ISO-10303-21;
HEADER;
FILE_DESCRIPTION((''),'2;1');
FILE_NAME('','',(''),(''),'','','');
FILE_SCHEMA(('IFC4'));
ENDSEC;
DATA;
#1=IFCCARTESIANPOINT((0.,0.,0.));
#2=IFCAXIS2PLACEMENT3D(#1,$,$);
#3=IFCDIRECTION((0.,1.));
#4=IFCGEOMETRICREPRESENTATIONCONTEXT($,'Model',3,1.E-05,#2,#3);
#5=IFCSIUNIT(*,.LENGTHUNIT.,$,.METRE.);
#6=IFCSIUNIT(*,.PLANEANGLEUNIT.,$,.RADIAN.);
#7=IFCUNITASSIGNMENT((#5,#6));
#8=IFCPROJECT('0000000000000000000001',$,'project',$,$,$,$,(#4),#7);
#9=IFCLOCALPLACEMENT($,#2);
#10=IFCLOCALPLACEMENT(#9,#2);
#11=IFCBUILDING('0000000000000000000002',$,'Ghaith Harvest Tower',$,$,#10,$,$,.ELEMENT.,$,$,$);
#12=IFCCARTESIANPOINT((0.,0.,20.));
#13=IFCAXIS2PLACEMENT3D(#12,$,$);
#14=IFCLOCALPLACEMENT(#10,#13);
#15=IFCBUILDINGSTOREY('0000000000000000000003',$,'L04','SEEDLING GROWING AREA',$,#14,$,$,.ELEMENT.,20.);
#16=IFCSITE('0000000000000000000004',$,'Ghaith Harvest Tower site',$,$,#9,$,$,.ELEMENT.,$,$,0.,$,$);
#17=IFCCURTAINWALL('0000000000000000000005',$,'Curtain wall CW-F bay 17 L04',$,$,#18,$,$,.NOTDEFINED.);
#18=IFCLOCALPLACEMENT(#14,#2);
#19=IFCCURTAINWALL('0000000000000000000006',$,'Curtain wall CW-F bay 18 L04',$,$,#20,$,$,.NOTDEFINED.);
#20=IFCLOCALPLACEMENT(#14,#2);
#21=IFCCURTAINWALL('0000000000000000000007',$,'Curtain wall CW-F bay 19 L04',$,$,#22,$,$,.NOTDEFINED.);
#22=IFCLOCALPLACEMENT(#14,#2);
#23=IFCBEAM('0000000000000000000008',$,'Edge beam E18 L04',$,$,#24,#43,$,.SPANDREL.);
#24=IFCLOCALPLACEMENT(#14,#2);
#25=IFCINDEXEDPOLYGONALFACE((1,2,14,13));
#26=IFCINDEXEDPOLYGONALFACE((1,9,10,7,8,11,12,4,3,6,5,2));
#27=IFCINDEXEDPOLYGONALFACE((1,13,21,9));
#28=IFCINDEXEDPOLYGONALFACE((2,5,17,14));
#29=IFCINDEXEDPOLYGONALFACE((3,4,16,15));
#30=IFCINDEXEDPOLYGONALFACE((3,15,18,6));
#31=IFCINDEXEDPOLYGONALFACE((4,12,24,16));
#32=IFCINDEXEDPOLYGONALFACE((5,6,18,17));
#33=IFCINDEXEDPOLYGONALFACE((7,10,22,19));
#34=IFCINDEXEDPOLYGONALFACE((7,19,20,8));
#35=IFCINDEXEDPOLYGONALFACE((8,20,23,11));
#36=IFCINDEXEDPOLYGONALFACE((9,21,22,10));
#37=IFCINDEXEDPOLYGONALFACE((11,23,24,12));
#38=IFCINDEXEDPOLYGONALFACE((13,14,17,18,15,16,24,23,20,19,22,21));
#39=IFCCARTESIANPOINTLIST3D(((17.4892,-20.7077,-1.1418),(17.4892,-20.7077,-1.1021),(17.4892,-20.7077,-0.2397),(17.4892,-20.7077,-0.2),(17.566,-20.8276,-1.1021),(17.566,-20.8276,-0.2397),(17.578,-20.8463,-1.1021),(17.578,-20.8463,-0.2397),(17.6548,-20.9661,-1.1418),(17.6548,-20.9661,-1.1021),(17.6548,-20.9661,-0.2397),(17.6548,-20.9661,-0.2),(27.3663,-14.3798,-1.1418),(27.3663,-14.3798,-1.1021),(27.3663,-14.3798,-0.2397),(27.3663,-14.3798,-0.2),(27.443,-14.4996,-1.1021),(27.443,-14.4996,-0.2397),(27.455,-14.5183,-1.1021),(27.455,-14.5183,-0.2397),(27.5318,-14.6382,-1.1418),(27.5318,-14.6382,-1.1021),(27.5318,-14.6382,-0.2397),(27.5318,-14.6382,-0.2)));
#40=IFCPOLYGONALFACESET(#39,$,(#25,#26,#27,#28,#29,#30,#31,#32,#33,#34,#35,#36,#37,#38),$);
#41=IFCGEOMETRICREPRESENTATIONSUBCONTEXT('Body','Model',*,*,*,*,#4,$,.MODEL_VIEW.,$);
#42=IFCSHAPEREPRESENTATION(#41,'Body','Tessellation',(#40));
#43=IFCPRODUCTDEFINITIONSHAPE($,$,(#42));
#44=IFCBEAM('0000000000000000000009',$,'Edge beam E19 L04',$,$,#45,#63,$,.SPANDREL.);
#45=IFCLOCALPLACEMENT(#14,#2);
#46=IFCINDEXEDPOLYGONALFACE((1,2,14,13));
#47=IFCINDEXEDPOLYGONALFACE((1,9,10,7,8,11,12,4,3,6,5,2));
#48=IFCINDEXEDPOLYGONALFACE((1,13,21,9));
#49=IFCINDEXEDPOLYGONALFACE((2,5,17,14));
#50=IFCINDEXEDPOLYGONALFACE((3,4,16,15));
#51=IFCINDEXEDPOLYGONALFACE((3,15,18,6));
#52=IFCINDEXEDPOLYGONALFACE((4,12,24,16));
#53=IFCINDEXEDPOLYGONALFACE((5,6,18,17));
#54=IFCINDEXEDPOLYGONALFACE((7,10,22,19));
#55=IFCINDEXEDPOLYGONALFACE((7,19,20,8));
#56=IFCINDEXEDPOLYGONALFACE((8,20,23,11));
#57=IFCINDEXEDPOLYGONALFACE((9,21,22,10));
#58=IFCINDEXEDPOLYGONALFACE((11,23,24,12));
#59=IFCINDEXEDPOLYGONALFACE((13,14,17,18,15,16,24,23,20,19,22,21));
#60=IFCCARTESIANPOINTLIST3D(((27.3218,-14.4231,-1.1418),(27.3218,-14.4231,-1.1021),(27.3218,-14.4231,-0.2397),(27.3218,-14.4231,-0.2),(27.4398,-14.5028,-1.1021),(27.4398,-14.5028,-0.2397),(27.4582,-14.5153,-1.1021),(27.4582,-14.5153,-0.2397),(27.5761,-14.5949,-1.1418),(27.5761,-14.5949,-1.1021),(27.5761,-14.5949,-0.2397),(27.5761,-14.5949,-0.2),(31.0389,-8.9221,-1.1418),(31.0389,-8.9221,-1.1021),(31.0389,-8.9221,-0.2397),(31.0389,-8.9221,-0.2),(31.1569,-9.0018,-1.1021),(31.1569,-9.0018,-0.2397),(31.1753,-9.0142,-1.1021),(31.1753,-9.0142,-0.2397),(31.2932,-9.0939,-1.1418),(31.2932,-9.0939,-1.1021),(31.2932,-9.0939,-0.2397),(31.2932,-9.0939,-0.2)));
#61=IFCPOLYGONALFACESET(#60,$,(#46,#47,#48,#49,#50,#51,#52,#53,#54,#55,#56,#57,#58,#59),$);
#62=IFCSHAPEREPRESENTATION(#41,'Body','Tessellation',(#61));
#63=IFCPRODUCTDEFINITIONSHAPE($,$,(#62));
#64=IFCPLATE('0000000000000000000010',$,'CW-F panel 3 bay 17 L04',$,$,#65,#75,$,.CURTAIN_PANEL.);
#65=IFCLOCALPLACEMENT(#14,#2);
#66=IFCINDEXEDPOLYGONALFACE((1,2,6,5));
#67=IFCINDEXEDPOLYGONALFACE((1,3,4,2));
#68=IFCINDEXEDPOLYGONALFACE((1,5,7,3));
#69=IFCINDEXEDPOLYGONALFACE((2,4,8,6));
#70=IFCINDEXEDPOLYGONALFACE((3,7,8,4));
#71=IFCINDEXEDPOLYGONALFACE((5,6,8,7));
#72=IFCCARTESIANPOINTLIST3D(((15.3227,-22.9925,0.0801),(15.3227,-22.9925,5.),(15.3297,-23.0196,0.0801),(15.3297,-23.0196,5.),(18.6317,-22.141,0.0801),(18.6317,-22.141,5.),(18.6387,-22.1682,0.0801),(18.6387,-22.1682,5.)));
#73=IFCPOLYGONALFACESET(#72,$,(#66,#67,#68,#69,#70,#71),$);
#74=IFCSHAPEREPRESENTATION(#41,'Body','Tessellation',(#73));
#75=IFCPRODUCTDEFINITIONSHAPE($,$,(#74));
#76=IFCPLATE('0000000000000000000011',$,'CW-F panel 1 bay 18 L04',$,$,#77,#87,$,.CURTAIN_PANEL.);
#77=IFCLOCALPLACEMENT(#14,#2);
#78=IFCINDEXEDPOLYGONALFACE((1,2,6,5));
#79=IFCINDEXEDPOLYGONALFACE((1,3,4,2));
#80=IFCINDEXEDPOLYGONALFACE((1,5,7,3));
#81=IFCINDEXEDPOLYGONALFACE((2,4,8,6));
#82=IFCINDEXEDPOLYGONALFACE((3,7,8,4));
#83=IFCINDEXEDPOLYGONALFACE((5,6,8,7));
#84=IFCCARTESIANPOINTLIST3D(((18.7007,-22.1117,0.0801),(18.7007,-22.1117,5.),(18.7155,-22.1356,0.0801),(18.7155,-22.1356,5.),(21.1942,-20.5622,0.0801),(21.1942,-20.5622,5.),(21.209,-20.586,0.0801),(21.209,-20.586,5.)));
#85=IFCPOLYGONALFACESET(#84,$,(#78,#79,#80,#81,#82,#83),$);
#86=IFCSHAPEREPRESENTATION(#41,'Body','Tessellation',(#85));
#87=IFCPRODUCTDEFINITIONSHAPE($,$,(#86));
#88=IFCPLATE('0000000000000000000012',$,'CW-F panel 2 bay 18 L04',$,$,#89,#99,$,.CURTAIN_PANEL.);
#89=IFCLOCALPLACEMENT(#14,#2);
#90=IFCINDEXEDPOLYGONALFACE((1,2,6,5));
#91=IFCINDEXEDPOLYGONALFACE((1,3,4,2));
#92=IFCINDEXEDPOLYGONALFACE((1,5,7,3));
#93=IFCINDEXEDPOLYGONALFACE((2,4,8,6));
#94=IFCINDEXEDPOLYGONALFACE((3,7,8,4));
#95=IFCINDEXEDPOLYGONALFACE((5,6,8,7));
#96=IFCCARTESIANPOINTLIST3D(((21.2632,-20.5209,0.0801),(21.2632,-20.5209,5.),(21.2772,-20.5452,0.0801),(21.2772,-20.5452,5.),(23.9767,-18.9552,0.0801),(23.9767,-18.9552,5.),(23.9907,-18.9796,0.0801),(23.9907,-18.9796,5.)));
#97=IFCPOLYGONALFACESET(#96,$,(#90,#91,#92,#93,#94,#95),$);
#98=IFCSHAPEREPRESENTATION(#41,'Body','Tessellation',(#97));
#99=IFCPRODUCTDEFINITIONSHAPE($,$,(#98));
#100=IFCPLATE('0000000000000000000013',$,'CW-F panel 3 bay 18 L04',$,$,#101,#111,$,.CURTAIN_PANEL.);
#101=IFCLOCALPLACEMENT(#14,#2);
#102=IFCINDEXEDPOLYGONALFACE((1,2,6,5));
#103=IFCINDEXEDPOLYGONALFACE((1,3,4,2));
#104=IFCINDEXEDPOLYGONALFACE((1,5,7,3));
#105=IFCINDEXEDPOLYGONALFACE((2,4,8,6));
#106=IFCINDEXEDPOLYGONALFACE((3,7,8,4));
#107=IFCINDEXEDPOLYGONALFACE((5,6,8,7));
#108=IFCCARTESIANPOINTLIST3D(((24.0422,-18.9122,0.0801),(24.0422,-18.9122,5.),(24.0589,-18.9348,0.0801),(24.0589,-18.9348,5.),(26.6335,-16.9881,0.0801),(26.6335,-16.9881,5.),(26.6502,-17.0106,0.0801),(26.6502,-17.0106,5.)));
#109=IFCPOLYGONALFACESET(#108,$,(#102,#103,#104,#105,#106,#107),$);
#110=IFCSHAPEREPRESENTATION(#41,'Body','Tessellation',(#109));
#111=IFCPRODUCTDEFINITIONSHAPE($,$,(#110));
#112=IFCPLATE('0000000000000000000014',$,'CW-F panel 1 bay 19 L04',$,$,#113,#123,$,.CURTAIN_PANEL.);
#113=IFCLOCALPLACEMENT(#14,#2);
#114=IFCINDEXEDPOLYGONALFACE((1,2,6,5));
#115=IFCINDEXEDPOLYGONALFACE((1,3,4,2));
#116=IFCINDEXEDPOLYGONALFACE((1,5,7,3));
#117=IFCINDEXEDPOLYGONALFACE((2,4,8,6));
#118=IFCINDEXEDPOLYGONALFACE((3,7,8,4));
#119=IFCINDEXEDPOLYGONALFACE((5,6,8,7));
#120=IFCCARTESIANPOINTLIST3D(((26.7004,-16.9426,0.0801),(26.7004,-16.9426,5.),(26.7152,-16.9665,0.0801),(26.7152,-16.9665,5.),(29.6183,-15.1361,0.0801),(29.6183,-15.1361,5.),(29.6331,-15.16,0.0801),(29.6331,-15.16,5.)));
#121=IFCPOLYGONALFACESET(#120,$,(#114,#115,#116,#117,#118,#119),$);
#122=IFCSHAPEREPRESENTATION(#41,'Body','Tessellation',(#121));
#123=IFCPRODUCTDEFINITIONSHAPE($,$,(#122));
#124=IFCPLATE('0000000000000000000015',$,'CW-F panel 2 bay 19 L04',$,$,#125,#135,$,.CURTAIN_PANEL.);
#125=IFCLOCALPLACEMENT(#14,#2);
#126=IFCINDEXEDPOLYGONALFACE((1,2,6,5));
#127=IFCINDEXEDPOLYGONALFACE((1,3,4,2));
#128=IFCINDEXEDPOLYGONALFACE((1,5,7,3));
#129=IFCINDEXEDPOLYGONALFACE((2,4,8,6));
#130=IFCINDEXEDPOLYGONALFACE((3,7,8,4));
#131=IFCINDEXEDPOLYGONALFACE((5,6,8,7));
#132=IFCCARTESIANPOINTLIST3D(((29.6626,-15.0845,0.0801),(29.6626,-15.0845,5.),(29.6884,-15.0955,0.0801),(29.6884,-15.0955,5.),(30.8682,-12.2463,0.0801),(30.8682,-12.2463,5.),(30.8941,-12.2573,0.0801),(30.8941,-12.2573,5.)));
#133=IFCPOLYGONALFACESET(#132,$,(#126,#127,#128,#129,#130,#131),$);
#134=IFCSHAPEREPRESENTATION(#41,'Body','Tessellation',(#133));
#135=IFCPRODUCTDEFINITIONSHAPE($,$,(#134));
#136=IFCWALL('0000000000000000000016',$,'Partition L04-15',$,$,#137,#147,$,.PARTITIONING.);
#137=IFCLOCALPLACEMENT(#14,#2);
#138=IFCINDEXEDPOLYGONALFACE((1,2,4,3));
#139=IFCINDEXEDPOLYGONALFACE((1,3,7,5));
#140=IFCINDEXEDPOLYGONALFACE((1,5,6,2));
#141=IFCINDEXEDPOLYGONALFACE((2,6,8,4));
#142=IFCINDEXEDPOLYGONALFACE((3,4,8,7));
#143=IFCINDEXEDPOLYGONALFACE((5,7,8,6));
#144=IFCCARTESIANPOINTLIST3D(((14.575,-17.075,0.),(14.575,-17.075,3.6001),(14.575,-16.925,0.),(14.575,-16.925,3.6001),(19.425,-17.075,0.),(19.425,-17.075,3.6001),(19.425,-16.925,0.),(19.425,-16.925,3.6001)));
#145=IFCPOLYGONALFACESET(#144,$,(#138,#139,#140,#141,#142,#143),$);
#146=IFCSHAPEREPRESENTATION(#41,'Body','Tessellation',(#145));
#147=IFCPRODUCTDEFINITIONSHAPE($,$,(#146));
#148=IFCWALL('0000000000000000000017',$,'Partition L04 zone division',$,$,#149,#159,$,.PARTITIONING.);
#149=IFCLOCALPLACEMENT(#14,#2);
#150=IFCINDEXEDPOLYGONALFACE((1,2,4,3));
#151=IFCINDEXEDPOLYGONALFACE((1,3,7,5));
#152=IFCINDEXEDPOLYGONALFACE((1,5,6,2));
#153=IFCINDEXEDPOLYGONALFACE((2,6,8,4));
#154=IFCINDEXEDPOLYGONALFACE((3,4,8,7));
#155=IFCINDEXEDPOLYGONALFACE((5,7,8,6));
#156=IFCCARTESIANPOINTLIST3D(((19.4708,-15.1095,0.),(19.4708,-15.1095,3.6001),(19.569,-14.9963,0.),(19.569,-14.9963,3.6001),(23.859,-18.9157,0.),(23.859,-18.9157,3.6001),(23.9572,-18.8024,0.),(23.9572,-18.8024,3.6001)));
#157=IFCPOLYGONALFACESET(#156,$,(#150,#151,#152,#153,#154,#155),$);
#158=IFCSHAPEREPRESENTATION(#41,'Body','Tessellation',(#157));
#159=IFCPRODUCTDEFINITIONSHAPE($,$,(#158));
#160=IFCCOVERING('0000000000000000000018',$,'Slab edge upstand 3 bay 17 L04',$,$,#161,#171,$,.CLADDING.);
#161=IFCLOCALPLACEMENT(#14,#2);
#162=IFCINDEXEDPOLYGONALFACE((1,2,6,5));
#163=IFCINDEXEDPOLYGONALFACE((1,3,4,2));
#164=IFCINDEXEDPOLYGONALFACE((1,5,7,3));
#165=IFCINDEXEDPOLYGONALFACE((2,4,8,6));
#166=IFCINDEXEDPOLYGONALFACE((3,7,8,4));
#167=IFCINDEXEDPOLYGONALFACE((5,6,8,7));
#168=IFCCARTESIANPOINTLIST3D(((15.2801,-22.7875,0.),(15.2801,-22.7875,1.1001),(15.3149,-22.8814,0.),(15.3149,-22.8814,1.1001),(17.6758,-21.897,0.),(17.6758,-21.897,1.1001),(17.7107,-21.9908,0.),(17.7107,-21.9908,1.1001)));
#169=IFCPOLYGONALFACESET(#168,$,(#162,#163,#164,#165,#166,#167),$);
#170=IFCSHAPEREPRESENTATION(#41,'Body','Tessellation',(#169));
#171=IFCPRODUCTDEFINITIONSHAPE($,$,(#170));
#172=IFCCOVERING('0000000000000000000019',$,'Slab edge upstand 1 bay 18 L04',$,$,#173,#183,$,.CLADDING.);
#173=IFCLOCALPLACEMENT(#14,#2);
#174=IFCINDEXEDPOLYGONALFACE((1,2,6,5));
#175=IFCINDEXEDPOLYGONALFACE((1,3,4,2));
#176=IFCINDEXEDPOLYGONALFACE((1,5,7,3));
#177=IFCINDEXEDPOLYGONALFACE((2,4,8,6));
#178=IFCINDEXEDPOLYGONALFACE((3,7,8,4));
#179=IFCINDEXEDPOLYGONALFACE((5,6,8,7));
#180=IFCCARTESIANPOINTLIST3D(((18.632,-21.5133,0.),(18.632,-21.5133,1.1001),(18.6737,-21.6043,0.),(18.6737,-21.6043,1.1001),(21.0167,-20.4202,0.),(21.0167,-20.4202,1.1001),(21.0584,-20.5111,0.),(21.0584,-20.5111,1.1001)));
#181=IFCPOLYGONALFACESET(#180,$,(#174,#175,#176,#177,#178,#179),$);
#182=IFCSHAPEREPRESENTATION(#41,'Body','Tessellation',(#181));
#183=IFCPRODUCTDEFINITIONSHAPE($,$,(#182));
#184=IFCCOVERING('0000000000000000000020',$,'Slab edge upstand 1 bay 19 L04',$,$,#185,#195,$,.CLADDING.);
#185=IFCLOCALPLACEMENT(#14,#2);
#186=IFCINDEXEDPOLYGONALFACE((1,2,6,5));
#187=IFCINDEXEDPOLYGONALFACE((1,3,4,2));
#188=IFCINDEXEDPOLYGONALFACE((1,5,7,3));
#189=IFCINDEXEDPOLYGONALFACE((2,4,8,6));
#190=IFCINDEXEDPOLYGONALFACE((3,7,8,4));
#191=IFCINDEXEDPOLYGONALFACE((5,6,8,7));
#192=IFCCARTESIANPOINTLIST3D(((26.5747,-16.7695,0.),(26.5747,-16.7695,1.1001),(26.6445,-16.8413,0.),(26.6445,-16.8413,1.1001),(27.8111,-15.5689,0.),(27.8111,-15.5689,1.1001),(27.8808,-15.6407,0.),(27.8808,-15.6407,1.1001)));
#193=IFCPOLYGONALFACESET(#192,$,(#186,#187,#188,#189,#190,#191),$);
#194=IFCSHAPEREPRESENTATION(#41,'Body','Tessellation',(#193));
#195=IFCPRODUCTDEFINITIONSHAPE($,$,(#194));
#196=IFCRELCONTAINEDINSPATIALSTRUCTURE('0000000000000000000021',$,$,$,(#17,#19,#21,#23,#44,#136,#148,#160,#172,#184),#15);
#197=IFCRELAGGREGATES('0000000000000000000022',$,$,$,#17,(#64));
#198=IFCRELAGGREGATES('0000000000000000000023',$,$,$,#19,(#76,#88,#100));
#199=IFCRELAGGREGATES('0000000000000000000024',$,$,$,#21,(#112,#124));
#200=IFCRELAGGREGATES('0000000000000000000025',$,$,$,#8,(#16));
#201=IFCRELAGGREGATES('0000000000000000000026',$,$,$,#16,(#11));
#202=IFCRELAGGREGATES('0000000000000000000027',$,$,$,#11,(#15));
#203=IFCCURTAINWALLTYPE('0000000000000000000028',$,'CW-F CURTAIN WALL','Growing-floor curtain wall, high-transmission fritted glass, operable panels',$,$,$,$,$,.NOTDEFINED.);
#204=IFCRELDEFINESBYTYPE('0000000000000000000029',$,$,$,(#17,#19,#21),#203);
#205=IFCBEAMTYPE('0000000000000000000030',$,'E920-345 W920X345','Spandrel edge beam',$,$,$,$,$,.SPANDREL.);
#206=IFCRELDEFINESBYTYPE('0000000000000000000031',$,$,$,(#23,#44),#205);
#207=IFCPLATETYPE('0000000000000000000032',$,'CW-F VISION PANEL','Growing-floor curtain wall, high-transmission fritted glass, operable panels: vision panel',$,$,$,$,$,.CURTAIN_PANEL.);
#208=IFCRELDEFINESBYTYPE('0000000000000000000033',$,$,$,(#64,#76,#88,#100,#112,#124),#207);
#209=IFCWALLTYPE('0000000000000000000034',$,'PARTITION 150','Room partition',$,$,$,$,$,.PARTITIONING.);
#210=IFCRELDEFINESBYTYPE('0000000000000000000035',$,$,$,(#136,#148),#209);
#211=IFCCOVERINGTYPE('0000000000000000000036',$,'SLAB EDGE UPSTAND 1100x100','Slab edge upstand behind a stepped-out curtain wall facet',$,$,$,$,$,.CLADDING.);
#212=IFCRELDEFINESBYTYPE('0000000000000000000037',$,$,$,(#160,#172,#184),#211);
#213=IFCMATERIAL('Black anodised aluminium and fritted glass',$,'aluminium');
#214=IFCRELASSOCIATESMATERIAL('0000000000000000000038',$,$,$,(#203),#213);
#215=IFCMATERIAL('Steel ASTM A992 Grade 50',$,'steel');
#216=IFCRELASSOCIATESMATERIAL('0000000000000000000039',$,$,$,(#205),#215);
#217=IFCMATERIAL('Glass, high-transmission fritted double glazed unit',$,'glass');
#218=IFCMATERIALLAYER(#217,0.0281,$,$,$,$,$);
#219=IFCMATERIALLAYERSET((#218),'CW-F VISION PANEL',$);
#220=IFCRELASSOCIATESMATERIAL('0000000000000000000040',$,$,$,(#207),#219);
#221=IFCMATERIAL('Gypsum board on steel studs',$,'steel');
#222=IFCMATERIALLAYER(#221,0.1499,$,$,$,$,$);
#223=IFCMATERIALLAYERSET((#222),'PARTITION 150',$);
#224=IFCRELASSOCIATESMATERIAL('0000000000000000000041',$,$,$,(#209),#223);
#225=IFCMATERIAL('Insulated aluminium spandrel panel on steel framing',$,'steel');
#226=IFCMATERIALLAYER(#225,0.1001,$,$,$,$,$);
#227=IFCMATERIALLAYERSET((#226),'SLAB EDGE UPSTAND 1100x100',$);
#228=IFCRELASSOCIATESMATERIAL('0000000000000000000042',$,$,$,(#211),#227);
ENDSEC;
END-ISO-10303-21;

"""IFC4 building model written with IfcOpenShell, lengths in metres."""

from ifc_helpers import new_model, si_unit, direction, frame, frame_2d, origin, origin_2d, place, context, subcontext, project, spatial, rectangle, i_section, extrude, material, layer, layer_set, material_profile, profile_set, type_object, element, aggregate, save


model = new_model("IFC4")

# Units and contexts
model_context = context("Model", 3, precision=1e-05, world=origin(), true_north=direction((0.0, 1.0)))
body_context = subcontext(model_context, "Body", "Model", "MODEL_VIEW")
ifc_project = project(units=[si_unit("LENGTHUNIT", "METRE"), si_unit("PLANEANGLEUNIT", "RADIAN")], contexts=[model_context])

# Site, building, storey
site_placement = place(None, origin())
site = spatial("IfcSite", under=ifc_project, at=site_placement, Name="Ghaith Harvest Tower site", CompositionType="ELEMENT", RefElevation=0.0)
building_placement = place(site_placement, origin())
building = spatial("IfcBuilding", under=site, at=building_placement, Name="Ghaith Harvest Tower", CompositionType="ELEMENT")
storey_placement = place(building_placement, frame((0.0, 0.0, 20.0)))
storey = spatial("IfcBuildingStorey", under=building, at=storey_placement, Name="L04", Description="SEEDLING GROWING AREA", CompositionType="ELEMENT", Elevation=20.0)

# Curtain wall
ifc_material_1 = material(Name="Black anodised aluminium and fritted glass", Category="aluminium")
curtain_wall_type = type_object("IfcCurtainWallType", Name="CW-F CURTAIN WALL", Description="Growing-floor curtain wall, high-transmission fritted glass, operable panels", PredefinedType="NOTDEFINED", material=ifc_material_1)
curtain_wall_1_placement = place(storey_placement, origin())
curtain_wall_1 = element("IfcCurtainWall", 1, at=curtain_wall_1_placement, inside=storey, type_object=curtain_wall_type, Name="Curtain wall CW-F bay 17 L04", PredefinedType="NOTDEFINED")

# Curtain walls
curtain_wall_2_placement = place(storey_placement, origin())
curtain_wall_2 = element("IfcCurtainWall", 2, at=curtain_wall_2_placement, inside=storey, type_object=curtain_wall_type, Name="Curtain wall CW-F bay 18 L04", PredefinedType="NOTDEFINED")
curtain_wall_3_placement = place(storey_placement, origin())
curtain_wall_3 = element("IfcCurtainWall", 3, at=curtain_wall_3_placement, inside=storey, type_object=curtain_wall_type, Name="Curtain wall CW-F bay 19 L04", PredefinedType="NOTDEFINED")

# Beams
ifc_material_2 = material(Name="Steel ASTM A992 Grade 50", Category="steel")
ifc_material_profile_1 = material_profile(ifc_material_2, i_section(OverallWidth=0.3069, OverallDepth=0.9419, WebThickness=0.0222, FlangeThickness=0.0398, at=origin_2d()), Name="W920X345")
ifc_profile_set_1 = profile_set([ifc_material_profile_1], Name="Steel ASTM A992 Grade 50")
beam_type = type_object("IfcBeamType", Name="E920-345 W920X345", Description="Spandrel edge beam", PredefinedType="SPANDREL", material=ifc_profile_set_1)
beam_1_placement = place(storey_placement, frame((17.572, -20.8369, -0.6709), z_axis=(0.842015, 0.539455, 0.0), x_axis=(-0.539455, 0.842015, 0.0)))
element("IfcBeam", 4, at=beam_1_placement, inside=storey, type_object=beam_type, Name="Edge beam E18 L04", PredefinedType="SPANDREL", context=body_context, shape_type="SweptSolid", body=[
    extrude(i_section(OverallWidth=0.3069, OverallDepth=0.9419, WebThickness=0.0222, FlangeThickness=0.0398, at=origin_2d()), origin(), (0.0, 0.0, 1.0), 11.7302),
])
beam_2_placement = place(storey_placement, frame((27.449, -14.509, -0.6709), z_axis=(0.559874, 0.828577, 0.0), x_axis=(-0.828577, 0.559874, 0.0)))
element("IfcBeam", 5, at=beam_2_placement, inside=storey, type_object=beam_type, Name="Edge beam E19 L04", PredefinedType="SPANDREL", context=body_context, shape_type="SweptSolid", body=[
    extrude(i_section(OverallWidth=0.3069, OverallDepth=0.9419, WebThickness=0.0222, FlangeThickness=0.0398, at=origin_2d()), origin(), (0.0, 0.0, 1.0), 6.6392),
])

# Plates
ifc_material_3 = material(Name="Glass, high-transmission fritted double glazed unit", Category="glass")
ifc_layer_1 = layer(ifc_material_3, 0.0281)
ifc_layer_set_1 = layer_set([ifc_layer_1], Name="CW-F VISION PANEL")
plate_type = type_object("IfcPlateType", Name="CW-F VISION PANEL", Description="Growing-floor curtain wall, high-transmission fritted glass, operable panels: vision panel", PredefinedType="CURTAIN_PANEL", material=ifc_layer_set_1)
plate_1_placement = place(storey_placement, frame((16.9807, -22.5803, 0.0801), z_axis=(0.0, 0.0, 1.0), x_axis=(0.968451, 0.249202, 0.0)))
plate_1 = element("IfcPlate", 6, at=plate_1_placement, type_object=plate_type, Name="CW-F panel 3 bay 17 L04", PredefinedType="CURTAIN_PANEL", context=body_context, shape_type="SweptSolid", body=[
    extrude(rectangle(XDim=3.4167, YDim=0.0281, at=origin_2d()), origin(), (0.0, 0.0, 1.0), 4.9199),
])
aggregate(curtain_wall_1, [plate_1])
plate_2_placement = place(storey_placement, frame((19.9548, -21.3489, 0.0801), z_axis=(0.0, 0.0, 1.0), x_axis=(0.849361, 0.527813, 0.0)))
plate_2 = element("IfcPlate", 7, at=plate_2_placement, type_object=plate_type, Name="CW-F panel 1 bay 18 L04", PredefinedType="CURTAIN_PANEL", context=body_context, shape_type="SweptSolid", body=[
    extrude(rectangle(XDim=2.9358, YDim=0.0281, at=origin_2d()), origin(), (0.0, 0.0, 1.0), 4.9199),
])
plate_3_placement = place(storey_placement, frame((22.627, -19.7502, 0.0801), z_axis=(0.0, 0.0, 1.0), x_axis=(0.866159, 0.499768, 0.0)))
plate_3 = element("IfcPlate", 8, at=plate_3_placement, type_object=plate_type, Name="CW-F panel 2 bay 18 L04", PredefinedType="CURTAIN_PANEL", context=body_context, shape_type="SweptSolid", body=[
    extrude(rectangle(XDim=3.1328, YDim=0.0281, at=origin_2d()), origin(), (0.0, 0.0, 1.0), 4.9199),
])
plate_4_placement = place(storey_placement, frame((25.3462, -17.9614, 0.0801), z_axis=(0.0, 0.0, 1.0), x_axis=(0.802867, 0.596158, 0.0)))
plate_4 = element("IfcPlate", 9, at=plate_4_placement, type_object=plate_type, Name="CW-F panel 3 bay 18 L04", PredefinedType="CURTAIN_PANEL", context=body_context, shape_type="SweptSolid", body=[
    extrude(rectangle(XDim=3.2275, YDim=0.0281, at=origin_2d()), origin(), (0.0, 0.0, 1.0), 4.9199),
])
aggregate(curtain_wall_2, [plate_2, plate_3, plate_4])
plate_5_placement = place(storey_placement, frame((28.1667, -16.0513, 0.0801), z_axis=(0.0, 0.0, 1.0), x_axis=(0.850246, 0.526386, 0.0)))
plate_5 = element("IfcPlate", 10, at=plate_5_placement, type_object=plate_type, Name="CW-F panel 1 bay 19 L04", PredefinedType="CURTAIN_PANEL", context=body_context, shape_type="SweptSolid", body=[
    extrude(rectangle(XDim=3.4319, YDim=0.0281, at=origin_2d()), origin(), (0.0, 0.0, 1.0), 4.9199),
])
plate_6_placement = place(storey_placement, frame((30.2783, -13.6709, 0.0801), z_axis=(0.0, 0.0, 1.0), x_axis=(0.39098, 0.920399, 0.0)))
plate_6 = element("IfcPlate", 11, at=plate_6_placement, type_object=plate_type, Name="CW-F panel 2 bay 19 L04", PredefinedType="CURTAIN_PANEL", context=body_context, shape_type="SweptSolid", body=[
    extrude(rectangle(XDim=3.0837, YDim=0.0281, at=origin_2d()), origin(), (0.0, 0.0, 1.0), 4.9199),
])
aggregate(curtain_wall_3, [plate_5, plate_6])

# Walls
ifc_material_4 = material(Name="Gypsum board on steel studs", Category="steel")
ifc_layer_2 = layer(ifc_material_4, 0.1499)
ifc_layer_set_2 = layer_set([ifc_layer_2], Name="PARTITION 150")
wall_type = type_object("IfcWallType", Name="PARTITION 150", Description="Room partition", PredefinedType="PARTITIONING", material=ifc_layer_set_2)
wall_1_placement = place(storey_placement, frame((14.575, -17.0, 0.0), z_axis=(0.0, 0.0, 1.0), x_axis=(1.0, 0.0, 0.0)))
element("IfcWall", 12, at=wall_1_placement, inside=storey, type_object=wall_type, Name="Partition L04-15", PredefinedType="PARTITIONING", context=body_context, shape_type="SweptSolid", body=[
    extrude(rectangle(XDim=4.8501, YDim=0.1499, at=frame_2d((2.425, 0.0))), origin(), (0.0, 0.0, 1.0), 3.6001),
])
wall_2_placement = place(storey_placement, frame((19.52, -15.053, 0.0), z_axis=(0.0, 0.0, 1.0), x_axis=(0.755428, -0.655231, 0.0)))
element("IfcWall", 13, at=wall_2_placement, inside=storey, type_object=wall_type, Name="Partition L04 zone division", PredefinedType="PARTITIONING", context=body_context, shape_type="SweptSolid", body=[
    extrude(rectangle(XDim=5.8088, YDim=0.1499, at=frame_2d((2.9043, 0.0))), origin(), (0.0, 0.0, 1.0), 3.6001),
])

# Coverings
ifc_material_5 = material(Name="Insulated aluminium spandrel panel on steel framing", Category="steel")
ifc_layer_3 = layer(ifc_material_5, 0.1001)
ifc_layer_set_3 = layer_set([ifc_layer_3], Name="SLAB EDGE UPSTAND 1100x100")
covering_type = type_object("IfcCoveringType", Name="SLAB EDGE UPSTAND 1100x100", Description="Slab edge upstand behind a stepped-out curtain wall facet", PredefinedType="CLADDING", material=ifc_layer_set_3)
covering_1_placement = place(storey_placement, frame((16.4954, -22.3892, 0.0), z_axis=(0.0, 0.0, 1.0), x_axis=(0.937332, 0.348438, 0.0)))
element("IfcCovering", 14, at=covering_1_placement, inside=storey, type_object=covering_type, Name="Slab edge upstand 3 bay 17 L04", PredefinedType="CLADDING", context=body_context, shape_type="SweptSolid", body=[
    extrude(rectangle(XDim=2.5559, YDim=0.1001, at=origin_2d()), origin(), (0.0, 0.0, 1.0), 1.1001),
])
covering_2_placement = place(storey_placement, frame((19.8452, -21.0122, 0.0), z_axis=(0.0, 0.0, 1.0), x_axis=(0.909046, 0.416696, 0.0)))
element("IfcCovering", 15, at=covering_2_placement, inside=storey, type_object=covering_type, Name="Slab edge upstand 1 bay 18 L04", PredefinedType="CLADDING", context=body_context, shape_type="SweptSolid", body=[
    extrude(rectangle(XDim=2.6233, YDim=0.1001, at=origin_2d()), origin(), (0.0, 0.0, 1.0), 1.1001),
])
covering_3_placement = place(storey_placement, frame((27.2278, -16.2051, 0.0), z_axis=(0.0, 0.0, 1.0), x_axis=(0.717386, 0.696675, 0.0)))
element("IfcCovering", 16, at=covering_3_placement, inside=storey, type_object=covering_type, Name="Slab edge upstand 1 bay 19 L04", PredefinedType="CLADDING", context=body_context, shape_type="SweptSolid", body=[
    extrude(rectangle(XDim=1.7234, YDim=0.1001, at=origin_2d()), origin(), (0.0, 0.0, 1.0), 1.1001),
])

save(model, "model.ifc")
